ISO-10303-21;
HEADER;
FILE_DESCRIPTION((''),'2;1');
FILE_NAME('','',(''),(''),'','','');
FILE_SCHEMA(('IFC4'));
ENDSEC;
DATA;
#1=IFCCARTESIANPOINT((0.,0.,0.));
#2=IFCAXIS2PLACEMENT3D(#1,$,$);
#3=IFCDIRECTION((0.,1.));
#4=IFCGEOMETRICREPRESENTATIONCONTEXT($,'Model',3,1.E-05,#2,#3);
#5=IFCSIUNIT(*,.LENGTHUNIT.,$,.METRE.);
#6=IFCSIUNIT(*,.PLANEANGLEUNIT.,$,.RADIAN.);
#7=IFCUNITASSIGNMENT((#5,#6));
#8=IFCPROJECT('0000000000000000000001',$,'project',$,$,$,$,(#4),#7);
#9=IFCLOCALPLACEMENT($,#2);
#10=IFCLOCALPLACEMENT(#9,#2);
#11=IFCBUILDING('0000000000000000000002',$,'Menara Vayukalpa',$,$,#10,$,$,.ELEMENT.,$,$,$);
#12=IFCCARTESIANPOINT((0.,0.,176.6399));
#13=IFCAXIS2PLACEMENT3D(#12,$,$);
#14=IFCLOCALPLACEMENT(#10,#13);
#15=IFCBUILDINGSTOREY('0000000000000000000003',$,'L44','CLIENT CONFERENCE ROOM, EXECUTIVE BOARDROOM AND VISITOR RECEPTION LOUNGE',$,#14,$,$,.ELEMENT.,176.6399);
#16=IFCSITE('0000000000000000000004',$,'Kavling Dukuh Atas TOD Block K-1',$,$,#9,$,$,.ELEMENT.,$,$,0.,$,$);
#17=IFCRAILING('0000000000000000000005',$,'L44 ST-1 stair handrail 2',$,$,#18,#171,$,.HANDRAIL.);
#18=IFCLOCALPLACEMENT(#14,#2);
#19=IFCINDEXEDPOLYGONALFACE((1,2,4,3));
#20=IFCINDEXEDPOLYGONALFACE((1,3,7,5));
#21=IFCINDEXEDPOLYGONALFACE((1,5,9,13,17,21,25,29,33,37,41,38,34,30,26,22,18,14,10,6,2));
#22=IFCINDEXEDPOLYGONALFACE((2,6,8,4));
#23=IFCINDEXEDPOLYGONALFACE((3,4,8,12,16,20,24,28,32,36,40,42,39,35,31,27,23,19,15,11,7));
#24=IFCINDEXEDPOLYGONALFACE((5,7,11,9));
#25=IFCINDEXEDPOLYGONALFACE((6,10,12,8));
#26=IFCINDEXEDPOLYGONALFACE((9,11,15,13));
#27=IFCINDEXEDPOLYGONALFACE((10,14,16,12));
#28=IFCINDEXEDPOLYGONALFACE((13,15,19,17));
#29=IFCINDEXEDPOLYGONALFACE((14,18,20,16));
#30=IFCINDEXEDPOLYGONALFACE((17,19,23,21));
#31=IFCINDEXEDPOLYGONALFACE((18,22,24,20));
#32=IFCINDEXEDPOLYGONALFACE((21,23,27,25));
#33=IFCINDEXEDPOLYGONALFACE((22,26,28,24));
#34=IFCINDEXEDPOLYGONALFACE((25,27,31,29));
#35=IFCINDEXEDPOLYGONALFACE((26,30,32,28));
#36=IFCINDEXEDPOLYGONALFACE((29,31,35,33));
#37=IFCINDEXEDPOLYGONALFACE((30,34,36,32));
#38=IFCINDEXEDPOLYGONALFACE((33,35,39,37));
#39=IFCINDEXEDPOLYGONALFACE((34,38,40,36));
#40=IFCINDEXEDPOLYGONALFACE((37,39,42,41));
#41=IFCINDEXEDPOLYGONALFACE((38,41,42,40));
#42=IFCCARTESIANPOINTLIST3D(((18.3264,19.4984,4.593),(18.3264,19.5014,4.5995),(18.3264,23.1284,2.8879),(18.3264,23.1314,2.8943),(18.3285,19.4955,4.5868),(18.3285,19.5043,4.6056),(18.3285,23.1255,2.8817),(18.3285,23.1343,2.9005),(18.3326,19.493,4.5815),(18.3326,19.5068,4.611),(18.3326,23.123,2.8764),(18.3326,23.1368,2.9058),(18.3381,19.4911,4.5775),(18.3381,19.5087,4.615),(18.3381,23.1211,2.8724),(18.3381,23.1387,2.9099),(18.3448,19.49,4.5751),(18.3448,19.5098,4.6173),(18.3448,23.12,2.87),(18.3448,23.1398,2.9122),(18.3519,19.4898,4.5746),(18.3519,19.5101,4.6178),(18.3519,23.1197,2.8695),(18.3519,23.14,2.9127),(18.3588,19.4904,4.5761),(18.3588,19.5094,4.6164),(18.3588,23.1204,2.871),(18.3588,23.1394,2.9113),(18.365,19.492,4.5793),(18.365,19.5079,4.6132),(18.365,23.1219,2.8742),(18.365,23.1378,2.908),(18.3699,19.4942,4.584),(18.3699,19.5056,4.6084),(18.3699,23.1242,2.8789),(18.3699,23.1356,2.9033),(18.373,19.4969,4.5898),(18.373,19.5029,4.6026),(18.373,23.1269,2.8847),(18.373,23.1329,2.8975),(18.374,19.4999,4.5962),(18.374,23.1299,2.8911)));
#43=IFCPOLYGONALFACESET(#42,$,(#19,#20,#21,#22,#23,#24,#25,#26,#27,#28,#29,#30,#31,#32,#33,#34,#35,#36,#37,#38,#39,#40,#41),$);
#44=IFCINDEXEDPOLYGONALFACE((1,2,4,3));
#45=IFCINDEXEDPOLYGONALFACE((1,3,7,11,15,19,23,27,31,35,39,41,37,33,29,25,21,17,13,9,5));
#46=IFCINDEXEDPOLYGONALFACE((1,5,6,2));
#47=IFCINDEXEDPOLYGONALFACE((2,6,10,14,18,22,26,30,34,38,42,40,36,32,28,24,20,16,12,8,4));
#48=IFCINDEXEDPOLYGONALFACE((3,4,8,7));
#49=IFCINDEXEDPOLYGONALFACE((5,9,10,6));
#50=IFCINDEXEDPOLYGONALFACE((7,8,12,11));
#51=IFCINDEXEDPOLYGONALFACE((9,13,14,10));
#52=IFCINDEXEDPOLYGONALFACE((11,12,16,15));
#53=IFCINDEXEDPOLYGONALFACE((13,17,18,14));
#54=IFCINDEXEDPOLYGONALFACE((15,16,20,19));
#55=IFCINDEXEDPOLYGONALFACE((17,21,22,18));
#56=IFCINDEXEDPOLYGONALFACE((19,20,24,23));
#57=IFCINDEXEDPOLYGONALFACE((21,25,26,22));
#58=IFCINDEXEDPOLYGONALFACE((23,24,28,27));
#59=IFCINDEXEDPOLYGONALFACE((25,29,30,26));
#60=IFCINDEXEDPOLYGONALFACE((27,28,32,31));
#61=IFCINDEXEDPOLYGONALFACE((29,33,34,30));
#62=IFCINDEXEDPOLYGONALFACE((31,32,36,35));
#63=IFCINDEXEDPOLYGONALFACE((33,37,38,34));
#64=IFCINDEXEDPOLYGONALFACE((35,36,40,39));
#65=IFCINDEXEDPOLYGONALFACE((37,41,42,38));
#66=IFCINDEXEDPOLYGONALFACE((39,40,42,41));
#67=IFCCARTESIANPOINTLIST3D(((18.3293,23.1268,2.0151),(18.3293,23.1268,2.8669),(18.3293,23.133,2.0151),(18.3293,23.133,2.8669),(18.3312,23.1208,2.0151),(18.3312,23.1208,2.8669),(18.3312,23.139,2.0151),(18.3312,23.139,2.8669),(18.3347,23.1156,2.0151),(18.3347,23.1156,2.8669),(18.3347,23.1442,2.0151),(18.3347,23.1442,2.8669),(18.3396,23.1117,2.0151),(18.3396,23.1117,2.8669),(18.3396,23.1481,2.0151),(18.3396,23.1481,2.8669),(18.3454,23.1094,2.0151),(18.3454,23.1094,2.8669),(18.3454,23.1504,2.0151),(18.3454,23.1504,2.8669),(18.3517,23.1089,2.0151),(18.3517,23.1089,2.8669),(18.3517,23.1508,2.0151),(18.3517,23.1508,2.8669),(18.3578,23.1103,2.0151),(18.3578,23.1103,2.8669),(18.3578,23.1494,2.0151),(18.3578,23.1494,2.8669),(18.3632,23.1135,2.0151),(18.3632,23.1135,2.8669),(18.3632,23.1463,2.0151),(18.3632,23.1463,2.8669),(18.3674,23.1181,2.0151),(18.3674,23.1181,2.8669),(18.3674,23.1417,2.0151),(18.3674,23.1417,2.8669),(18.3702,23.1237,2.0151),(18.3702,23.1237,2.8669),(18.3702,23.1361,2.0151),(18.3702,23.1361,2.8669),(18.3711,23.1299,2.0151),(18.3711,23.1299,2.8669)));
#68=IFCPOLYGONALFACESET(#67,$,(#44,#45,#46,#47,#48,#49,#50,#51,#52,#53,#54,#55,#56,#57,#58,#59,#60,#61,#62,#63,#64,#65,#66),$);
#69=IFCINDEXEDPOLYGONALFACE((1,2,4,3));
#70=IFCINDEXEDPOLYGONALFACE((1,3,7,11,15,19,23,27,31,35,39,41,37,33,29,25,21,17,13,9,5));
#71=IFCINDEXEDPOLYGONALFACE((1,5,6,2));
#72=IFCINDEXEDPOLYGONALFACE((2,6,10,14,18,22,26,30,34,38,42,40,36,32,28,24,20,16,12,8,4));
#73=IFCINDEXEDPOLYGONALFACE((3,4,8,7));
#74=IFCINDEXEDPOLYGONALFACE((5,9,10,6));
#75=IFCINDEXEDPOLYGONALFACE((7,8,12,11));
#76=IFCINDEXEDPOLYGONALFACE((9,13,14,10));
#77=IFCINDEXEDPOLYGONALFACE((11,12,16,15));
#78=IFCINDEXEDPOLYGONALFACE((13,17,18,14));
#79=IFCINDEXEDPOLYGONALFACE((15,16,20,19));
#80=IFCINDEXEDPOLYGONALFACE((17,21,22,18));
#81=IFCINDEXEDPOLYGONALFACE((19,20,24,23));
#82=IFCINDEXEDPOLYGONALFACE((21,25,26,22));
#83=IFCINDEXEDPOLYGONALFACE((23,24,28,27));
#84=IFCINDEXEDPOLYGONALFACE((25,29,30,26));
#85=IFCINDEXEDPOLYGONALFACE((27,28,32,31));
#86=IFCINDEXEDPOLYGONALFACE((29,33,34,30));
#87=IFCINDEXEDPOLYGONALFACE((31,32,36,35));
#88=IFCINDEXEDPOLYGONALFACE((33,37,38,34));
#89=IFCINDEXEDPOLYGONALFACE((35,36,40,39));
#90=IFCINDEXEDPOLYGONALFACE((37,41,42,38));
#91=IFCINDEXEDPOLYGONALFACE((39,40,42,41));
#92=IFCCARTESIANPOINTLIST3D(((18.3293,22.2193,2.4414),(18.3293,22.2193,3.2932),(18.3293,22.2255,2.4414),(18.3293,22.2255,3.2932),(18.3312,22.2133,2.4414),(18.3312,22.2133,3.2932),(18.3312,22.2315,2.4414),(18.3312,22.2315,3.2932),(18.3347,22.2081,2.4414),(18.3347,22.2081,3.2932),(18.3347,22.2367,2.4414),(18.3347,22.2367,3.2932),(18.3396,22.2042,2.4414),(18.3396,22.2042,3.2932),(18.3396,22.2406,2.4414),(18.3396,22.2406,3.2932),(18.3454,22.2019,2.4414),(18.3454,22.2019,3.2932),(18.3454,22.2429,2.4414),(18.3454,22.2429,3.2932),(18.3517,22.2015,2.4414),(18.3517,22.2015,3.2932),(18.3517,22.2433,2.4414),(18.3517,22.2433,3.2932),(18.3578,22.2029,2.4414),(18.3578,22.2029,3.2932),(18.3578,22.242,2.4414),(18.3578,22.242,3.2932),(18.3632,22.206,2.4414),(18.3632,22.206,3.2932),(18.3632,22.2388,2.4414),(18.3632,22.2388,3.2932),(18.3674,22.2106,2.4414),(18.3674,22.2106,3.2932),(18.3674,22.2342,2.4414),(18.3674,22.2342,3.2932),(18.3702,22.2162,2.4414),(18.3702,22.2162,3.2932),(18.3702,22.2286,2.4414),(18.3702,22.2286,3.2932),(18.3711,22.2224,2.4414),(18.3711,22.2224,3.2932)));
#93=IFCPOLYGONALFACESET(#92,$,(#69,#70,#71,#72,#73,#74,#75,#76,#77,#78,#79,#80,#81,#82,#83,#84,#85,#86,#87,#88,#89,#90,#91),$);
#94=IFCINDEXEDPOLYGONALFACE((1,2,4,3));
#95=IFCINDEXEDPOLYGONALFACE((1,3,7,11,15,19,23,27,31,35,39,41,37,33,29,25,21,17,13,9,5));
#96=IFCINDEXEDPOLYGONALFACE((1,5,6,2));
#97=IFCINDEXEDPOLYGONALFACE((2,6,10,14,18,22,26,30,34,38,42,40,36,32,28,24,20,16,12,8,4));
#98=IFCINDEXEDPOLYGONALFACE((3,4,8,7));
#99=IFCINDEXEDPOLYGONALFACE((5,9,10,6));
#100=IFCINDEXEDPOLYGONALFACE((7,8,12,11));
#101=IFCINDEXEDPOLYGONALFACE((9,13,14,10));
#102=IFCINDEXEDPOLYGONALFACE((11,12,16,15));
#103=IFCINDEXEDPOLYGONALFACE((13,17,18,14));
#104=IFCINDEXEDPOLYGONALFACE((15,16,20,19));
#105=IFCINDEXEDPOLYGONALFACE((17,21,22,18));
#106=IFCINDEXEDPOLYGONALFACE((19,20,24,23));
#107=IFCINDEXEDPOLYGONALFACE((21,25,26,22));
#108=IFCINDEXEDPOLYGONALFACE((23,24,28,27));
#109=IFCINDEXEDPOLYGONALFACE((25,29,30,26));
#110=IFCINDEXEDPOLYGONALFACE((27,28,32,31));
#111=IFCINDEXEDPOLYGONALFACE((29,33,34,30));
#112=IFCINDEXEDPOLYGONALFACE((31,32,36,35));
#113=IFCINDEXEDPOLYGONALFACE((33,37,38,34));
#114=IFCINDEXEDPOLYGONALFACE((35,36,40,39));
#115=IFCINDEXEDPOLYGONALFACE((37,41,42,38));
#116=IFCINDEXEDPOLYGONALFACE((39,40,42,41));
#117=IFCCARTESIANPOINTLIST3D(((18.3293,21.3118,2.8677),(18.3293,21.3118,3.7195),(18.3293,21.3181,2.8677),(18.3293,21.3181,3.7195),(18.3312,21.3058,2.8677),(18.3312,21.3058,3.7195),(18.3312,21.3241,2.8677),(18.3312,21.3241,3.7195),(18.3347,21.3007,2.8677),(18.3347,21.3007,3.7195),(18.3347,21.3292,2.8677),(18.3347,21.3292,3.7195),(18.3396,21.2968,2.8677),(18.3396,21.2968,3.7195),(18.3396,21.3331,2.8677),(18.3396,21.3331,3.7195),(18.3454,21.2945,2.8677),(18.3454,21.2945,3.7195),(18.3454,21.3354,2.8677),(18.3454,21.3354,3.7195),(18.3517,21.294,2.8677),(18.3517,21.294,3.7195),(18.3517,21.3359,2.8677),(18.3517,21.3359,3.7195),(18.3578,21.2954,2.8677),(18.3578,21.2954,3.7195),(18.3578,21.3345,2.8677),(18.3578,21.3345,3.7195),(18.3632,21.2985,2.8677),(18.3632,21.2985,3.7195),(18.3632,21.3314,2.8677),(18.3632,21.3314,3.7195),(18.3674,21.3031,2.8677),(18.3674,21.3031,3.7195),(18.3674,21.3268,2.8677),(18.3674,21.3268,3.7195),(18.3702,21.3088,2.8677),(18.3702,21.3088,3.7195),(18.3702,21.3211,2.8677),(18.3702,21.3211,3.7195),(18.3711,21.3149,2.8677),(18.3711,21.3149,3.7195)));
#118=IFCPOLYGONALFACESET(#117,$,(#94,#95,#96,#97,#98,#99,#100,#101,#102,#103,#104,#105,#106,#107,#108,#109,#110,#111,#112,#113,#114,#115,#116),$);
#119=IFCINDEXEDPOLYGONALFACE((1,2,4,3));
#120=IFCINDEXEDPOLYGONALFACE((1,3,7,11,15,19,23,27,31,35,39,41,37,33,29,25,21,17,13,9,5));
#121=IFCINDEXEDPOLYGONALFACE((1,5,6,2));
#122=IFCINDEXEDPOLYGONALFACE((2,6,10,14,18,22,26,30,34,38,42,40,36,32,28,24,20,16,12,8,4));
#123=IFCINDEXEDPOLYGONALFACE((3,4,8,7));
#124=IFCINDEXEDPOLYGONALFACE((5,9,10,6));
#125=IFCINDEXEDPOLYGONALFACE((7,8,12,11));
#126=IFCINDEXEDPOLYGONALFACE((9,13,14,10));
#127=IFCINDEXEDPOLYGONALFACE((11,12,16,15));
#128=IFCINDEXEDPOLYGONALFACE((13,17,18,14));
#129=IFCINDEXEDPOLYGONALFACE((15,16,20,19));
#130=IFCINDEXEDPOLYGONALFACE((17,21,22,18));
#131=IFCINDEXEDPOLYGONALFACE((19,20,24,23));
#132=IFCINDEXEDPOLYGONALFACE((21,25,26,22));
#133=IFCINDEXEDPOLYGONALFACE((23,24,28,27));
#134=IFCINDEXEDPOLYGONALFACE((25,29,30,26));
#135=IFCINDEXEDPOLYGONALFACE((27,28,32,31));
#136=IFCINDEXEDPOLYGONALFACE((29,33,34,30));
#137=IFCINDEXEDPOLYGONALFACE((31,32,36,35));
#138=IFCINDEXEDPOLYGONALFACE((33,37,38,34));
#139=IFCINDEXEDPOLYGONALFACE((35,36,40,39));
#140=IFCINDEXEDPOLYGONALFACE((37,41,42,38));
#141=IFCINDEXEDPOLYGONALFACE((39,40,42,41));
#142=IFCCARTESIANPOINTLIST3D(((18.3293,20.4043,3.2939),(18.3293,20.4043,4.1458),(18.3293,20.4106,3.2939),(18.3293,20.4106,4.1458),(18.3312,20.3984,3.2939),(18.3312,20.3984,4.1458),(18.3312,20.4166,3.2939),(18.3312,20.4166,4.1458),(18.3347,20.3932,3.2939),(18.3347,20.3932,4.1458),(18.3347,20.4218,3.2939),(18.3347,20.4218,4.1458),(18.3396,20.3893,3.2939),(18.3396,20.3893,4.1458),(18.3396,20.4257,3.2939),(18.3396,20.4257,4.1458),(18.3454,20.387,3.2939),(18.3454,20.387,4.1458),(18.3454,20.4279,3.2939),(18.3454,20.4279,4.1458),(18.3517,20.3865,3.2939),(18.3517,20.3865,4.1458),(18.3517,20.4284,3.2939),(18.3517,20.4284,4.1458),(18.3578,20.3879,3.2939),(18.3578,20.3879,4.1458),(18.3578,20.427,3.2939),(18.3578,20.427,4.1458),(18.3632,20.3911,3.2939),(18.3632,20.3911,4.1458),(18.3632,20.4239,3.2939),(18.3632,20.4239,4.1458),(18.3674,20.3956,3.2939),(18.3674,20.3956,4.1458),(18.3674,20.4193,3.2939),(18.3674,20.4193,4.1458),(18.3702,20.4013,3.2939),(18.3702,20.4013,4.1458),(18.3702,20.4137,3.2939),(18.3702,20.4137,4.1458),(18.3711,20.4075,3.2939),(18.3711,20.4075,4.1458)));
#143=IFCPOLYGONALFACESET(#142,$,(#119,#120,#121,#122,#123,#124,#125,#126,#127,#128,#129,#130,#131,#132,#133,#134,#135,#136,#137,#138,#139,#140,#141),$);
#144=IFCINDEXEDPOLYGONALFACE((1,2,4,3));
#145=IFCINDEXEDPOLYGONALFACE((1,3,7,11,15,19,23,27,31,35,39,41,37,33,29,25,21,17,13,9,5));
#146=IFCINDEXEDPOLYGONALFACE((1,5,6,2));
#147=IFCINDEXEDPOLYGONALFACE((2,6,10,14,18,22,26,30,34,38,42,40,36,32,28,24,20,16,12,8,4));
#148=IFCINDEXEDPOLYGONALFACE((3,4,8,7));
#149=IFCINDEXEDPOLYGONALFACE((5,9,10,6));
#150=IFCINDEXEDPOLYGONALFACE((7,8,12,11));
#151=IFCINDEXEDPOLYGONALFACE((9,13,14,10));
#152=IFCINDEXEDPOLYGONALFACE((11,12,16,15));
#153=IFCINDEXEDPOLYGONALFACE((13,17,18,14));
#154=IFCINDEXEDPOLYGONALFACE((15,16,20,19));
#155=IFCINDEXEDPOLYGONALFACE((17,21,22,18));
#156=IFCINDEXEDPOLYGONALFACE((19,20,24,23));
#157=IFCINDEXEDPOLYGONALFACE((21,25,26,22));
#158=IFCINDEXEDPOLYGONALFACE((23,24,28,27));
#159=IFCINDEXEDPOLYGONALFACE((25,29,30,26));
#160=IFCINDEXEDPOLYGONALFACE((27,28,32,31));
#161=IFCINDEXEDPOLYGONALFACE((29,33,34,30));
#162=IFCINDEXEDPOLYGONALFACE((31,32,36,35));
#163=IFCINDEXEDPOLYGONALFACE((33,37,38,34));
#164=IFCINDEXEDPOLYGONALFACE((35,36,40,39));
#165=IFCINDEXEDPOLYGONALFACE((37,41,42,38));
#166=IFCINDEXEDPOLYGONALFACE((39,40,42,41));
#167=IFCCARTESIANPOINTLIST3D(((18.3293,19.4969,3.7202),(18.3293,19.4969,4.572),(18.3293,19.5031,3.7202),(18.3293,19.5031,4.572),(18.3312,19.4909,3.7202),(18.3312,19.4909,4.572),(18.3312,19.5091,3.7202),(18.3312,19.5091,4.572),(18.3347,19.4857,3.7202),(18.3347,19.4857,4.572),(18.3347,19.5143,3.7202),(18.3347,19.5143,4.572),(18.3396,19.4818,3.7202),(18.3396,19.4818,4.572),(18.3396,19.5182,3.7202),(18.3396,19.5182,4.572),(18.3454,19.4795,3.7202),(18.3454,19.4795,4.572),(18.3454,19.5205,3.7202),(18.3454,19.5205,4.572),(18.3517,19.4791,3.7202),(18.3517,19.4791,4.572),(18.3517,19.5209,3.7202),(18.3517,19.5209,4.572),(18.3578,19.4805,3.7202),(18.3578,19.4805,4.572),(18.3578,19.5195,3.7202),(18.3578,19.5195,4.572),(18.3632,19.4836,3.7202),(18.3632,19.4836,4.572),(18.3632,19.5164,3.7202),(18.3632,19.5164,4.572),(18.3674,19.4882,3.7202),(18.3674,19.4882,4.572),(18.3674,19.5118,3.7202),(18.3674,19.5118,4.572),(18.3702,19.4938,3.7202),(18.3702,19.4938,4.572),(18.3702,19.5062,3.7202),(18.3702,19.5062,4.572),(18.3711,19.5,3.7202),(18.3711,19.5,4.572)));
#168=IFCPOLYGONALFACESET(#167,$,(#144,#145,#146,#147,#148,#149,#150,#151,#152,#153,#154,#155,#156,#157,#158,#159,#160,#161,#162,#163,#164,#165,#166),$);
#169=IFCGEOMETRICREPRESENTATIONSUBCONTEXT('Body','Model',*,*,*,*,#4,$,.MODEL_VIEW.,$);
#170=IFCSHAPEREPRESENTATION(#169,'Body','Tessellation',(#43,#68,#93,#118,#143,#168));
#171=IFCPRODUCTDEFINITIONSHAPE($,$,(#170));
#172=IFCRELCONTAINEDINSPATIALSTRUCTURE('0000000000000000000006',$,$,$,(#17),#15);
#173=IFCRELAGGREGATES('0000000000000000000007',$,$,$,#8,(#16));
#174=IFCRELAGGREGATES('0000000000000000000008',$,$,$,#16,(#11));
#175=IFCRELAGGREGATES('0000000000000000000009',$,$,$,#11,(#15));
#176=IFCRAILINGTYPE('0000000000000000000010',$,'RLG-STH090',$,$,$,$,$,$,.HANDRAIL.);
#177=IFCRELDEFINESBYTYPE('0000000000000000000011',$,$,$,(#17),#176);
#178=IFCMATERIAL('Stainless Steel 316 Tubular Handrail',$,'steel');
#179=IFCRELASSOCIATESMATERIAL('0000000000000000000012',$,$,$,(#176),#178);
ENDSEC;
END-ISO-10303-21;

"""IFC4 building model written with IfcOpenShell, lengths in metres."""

from ifc_helpers import new_model, si_unit, direction, frame, origin, origin_2d, place, context, subcontext, project, spatial, circle, extrude, material, type_object, element, save


model = new_model("IFC4")

# Units and contexts
model_context = context("Model", 3, precision=1e-05, world=origin(), true_north=direction((0.0, 1.0)))
body_context = subcontext(model_context, "Body", "Model", "MODEL_VIEW")
ifc_project = project(units=[si_unit("LENGTHUNIT", "METRE"), si_unit("PLANEANGLEUNIT", "RADIAN")], contexts=[model_context])

# Site, building, storey
site_placement = place(None, origin())
site = spatial("IfcSite", under=ifc_project, at=site_placement, Name="Kavling Dukuh Atas TOD Block K-1", CompositionType="ELEMENT", RefElevation=0.0)
building_placement = place(site_placement, origin())
building = spatial("IfcBuilding", under=site, at=building_placement, Name="Menara Vayukalpa", CompositionType="ELEMENT")
storey_placement = place(building_placement, frame((0.0, 0.0, 176.6399)))
storey = spatial("IfcBuildingStorey", under=building, at=storey_placement, Name="L44", Description="CLIENT CONFERENCE ROOM, EXECUTIVE BOARDROOM AND VISITOR RECEPTION LOUNGE", CompositionType="ELEMENT", Elevation=176.6399)

# Railing
ifc_material_1 = material(Name="Stainless Steel 316 Tubular Handrail", Category="steel")
railing_type_1 = type_object("IfcRailingType", Name="RLG-STH090", PredefinedType="HANDRAIL", material=ifc_material_1)
railing_1_placement = place(storey_placement, frame((18.3501, 23.1299, 2.0151)))
element("IfcRailing", 1, at=railing_1_placement, inside=storey, type_object=railing_type_1, Name="L44 ST-1 stair handrail 2", PredefinedType="HANDRAIL", context=body_context, shape_type="SweptSolid", body=[
    extrude(circle(Radius=0.0239, at=origin_2d()), frame((0.0, 0.0, 0.876), z_axis=(0.0, -0.905116, 0.425164), x_axis=(1.0, 0.0, 0.0)), (0.0, 0.0, 1.0), 4.0105),
    extrude(circle(Radius=0.021, at=origin_2d()), origin(), (0.0, 0.0, 1.0), 0.8518),
    extrude(circle(Radius=0.021, at=origin_2d()), frame((0.0, -0.9075, 0.4263)), (0.0, 0.0, 1.0), 0.8518),
    extrude(circle(Radius=0.021, at=origin_2d()), frame((0.0, -1.8149, 0.8525)), (0.0, 0.0, 1.0), 0.8518),
    extrude(circle(Radius=0.021, at=origin_2d()), frame((0.0, -2.7224, 1.2788)), (0.0, 0.0, 1.0), 0.8518),
    extrude(circle(Radius=0.021, at=origin_2d()), frame((0.0, -3.6299, 1.7051)), (0.0, 0.0, 1.0), 0.8518),
])

save(model, "model.ifc")
